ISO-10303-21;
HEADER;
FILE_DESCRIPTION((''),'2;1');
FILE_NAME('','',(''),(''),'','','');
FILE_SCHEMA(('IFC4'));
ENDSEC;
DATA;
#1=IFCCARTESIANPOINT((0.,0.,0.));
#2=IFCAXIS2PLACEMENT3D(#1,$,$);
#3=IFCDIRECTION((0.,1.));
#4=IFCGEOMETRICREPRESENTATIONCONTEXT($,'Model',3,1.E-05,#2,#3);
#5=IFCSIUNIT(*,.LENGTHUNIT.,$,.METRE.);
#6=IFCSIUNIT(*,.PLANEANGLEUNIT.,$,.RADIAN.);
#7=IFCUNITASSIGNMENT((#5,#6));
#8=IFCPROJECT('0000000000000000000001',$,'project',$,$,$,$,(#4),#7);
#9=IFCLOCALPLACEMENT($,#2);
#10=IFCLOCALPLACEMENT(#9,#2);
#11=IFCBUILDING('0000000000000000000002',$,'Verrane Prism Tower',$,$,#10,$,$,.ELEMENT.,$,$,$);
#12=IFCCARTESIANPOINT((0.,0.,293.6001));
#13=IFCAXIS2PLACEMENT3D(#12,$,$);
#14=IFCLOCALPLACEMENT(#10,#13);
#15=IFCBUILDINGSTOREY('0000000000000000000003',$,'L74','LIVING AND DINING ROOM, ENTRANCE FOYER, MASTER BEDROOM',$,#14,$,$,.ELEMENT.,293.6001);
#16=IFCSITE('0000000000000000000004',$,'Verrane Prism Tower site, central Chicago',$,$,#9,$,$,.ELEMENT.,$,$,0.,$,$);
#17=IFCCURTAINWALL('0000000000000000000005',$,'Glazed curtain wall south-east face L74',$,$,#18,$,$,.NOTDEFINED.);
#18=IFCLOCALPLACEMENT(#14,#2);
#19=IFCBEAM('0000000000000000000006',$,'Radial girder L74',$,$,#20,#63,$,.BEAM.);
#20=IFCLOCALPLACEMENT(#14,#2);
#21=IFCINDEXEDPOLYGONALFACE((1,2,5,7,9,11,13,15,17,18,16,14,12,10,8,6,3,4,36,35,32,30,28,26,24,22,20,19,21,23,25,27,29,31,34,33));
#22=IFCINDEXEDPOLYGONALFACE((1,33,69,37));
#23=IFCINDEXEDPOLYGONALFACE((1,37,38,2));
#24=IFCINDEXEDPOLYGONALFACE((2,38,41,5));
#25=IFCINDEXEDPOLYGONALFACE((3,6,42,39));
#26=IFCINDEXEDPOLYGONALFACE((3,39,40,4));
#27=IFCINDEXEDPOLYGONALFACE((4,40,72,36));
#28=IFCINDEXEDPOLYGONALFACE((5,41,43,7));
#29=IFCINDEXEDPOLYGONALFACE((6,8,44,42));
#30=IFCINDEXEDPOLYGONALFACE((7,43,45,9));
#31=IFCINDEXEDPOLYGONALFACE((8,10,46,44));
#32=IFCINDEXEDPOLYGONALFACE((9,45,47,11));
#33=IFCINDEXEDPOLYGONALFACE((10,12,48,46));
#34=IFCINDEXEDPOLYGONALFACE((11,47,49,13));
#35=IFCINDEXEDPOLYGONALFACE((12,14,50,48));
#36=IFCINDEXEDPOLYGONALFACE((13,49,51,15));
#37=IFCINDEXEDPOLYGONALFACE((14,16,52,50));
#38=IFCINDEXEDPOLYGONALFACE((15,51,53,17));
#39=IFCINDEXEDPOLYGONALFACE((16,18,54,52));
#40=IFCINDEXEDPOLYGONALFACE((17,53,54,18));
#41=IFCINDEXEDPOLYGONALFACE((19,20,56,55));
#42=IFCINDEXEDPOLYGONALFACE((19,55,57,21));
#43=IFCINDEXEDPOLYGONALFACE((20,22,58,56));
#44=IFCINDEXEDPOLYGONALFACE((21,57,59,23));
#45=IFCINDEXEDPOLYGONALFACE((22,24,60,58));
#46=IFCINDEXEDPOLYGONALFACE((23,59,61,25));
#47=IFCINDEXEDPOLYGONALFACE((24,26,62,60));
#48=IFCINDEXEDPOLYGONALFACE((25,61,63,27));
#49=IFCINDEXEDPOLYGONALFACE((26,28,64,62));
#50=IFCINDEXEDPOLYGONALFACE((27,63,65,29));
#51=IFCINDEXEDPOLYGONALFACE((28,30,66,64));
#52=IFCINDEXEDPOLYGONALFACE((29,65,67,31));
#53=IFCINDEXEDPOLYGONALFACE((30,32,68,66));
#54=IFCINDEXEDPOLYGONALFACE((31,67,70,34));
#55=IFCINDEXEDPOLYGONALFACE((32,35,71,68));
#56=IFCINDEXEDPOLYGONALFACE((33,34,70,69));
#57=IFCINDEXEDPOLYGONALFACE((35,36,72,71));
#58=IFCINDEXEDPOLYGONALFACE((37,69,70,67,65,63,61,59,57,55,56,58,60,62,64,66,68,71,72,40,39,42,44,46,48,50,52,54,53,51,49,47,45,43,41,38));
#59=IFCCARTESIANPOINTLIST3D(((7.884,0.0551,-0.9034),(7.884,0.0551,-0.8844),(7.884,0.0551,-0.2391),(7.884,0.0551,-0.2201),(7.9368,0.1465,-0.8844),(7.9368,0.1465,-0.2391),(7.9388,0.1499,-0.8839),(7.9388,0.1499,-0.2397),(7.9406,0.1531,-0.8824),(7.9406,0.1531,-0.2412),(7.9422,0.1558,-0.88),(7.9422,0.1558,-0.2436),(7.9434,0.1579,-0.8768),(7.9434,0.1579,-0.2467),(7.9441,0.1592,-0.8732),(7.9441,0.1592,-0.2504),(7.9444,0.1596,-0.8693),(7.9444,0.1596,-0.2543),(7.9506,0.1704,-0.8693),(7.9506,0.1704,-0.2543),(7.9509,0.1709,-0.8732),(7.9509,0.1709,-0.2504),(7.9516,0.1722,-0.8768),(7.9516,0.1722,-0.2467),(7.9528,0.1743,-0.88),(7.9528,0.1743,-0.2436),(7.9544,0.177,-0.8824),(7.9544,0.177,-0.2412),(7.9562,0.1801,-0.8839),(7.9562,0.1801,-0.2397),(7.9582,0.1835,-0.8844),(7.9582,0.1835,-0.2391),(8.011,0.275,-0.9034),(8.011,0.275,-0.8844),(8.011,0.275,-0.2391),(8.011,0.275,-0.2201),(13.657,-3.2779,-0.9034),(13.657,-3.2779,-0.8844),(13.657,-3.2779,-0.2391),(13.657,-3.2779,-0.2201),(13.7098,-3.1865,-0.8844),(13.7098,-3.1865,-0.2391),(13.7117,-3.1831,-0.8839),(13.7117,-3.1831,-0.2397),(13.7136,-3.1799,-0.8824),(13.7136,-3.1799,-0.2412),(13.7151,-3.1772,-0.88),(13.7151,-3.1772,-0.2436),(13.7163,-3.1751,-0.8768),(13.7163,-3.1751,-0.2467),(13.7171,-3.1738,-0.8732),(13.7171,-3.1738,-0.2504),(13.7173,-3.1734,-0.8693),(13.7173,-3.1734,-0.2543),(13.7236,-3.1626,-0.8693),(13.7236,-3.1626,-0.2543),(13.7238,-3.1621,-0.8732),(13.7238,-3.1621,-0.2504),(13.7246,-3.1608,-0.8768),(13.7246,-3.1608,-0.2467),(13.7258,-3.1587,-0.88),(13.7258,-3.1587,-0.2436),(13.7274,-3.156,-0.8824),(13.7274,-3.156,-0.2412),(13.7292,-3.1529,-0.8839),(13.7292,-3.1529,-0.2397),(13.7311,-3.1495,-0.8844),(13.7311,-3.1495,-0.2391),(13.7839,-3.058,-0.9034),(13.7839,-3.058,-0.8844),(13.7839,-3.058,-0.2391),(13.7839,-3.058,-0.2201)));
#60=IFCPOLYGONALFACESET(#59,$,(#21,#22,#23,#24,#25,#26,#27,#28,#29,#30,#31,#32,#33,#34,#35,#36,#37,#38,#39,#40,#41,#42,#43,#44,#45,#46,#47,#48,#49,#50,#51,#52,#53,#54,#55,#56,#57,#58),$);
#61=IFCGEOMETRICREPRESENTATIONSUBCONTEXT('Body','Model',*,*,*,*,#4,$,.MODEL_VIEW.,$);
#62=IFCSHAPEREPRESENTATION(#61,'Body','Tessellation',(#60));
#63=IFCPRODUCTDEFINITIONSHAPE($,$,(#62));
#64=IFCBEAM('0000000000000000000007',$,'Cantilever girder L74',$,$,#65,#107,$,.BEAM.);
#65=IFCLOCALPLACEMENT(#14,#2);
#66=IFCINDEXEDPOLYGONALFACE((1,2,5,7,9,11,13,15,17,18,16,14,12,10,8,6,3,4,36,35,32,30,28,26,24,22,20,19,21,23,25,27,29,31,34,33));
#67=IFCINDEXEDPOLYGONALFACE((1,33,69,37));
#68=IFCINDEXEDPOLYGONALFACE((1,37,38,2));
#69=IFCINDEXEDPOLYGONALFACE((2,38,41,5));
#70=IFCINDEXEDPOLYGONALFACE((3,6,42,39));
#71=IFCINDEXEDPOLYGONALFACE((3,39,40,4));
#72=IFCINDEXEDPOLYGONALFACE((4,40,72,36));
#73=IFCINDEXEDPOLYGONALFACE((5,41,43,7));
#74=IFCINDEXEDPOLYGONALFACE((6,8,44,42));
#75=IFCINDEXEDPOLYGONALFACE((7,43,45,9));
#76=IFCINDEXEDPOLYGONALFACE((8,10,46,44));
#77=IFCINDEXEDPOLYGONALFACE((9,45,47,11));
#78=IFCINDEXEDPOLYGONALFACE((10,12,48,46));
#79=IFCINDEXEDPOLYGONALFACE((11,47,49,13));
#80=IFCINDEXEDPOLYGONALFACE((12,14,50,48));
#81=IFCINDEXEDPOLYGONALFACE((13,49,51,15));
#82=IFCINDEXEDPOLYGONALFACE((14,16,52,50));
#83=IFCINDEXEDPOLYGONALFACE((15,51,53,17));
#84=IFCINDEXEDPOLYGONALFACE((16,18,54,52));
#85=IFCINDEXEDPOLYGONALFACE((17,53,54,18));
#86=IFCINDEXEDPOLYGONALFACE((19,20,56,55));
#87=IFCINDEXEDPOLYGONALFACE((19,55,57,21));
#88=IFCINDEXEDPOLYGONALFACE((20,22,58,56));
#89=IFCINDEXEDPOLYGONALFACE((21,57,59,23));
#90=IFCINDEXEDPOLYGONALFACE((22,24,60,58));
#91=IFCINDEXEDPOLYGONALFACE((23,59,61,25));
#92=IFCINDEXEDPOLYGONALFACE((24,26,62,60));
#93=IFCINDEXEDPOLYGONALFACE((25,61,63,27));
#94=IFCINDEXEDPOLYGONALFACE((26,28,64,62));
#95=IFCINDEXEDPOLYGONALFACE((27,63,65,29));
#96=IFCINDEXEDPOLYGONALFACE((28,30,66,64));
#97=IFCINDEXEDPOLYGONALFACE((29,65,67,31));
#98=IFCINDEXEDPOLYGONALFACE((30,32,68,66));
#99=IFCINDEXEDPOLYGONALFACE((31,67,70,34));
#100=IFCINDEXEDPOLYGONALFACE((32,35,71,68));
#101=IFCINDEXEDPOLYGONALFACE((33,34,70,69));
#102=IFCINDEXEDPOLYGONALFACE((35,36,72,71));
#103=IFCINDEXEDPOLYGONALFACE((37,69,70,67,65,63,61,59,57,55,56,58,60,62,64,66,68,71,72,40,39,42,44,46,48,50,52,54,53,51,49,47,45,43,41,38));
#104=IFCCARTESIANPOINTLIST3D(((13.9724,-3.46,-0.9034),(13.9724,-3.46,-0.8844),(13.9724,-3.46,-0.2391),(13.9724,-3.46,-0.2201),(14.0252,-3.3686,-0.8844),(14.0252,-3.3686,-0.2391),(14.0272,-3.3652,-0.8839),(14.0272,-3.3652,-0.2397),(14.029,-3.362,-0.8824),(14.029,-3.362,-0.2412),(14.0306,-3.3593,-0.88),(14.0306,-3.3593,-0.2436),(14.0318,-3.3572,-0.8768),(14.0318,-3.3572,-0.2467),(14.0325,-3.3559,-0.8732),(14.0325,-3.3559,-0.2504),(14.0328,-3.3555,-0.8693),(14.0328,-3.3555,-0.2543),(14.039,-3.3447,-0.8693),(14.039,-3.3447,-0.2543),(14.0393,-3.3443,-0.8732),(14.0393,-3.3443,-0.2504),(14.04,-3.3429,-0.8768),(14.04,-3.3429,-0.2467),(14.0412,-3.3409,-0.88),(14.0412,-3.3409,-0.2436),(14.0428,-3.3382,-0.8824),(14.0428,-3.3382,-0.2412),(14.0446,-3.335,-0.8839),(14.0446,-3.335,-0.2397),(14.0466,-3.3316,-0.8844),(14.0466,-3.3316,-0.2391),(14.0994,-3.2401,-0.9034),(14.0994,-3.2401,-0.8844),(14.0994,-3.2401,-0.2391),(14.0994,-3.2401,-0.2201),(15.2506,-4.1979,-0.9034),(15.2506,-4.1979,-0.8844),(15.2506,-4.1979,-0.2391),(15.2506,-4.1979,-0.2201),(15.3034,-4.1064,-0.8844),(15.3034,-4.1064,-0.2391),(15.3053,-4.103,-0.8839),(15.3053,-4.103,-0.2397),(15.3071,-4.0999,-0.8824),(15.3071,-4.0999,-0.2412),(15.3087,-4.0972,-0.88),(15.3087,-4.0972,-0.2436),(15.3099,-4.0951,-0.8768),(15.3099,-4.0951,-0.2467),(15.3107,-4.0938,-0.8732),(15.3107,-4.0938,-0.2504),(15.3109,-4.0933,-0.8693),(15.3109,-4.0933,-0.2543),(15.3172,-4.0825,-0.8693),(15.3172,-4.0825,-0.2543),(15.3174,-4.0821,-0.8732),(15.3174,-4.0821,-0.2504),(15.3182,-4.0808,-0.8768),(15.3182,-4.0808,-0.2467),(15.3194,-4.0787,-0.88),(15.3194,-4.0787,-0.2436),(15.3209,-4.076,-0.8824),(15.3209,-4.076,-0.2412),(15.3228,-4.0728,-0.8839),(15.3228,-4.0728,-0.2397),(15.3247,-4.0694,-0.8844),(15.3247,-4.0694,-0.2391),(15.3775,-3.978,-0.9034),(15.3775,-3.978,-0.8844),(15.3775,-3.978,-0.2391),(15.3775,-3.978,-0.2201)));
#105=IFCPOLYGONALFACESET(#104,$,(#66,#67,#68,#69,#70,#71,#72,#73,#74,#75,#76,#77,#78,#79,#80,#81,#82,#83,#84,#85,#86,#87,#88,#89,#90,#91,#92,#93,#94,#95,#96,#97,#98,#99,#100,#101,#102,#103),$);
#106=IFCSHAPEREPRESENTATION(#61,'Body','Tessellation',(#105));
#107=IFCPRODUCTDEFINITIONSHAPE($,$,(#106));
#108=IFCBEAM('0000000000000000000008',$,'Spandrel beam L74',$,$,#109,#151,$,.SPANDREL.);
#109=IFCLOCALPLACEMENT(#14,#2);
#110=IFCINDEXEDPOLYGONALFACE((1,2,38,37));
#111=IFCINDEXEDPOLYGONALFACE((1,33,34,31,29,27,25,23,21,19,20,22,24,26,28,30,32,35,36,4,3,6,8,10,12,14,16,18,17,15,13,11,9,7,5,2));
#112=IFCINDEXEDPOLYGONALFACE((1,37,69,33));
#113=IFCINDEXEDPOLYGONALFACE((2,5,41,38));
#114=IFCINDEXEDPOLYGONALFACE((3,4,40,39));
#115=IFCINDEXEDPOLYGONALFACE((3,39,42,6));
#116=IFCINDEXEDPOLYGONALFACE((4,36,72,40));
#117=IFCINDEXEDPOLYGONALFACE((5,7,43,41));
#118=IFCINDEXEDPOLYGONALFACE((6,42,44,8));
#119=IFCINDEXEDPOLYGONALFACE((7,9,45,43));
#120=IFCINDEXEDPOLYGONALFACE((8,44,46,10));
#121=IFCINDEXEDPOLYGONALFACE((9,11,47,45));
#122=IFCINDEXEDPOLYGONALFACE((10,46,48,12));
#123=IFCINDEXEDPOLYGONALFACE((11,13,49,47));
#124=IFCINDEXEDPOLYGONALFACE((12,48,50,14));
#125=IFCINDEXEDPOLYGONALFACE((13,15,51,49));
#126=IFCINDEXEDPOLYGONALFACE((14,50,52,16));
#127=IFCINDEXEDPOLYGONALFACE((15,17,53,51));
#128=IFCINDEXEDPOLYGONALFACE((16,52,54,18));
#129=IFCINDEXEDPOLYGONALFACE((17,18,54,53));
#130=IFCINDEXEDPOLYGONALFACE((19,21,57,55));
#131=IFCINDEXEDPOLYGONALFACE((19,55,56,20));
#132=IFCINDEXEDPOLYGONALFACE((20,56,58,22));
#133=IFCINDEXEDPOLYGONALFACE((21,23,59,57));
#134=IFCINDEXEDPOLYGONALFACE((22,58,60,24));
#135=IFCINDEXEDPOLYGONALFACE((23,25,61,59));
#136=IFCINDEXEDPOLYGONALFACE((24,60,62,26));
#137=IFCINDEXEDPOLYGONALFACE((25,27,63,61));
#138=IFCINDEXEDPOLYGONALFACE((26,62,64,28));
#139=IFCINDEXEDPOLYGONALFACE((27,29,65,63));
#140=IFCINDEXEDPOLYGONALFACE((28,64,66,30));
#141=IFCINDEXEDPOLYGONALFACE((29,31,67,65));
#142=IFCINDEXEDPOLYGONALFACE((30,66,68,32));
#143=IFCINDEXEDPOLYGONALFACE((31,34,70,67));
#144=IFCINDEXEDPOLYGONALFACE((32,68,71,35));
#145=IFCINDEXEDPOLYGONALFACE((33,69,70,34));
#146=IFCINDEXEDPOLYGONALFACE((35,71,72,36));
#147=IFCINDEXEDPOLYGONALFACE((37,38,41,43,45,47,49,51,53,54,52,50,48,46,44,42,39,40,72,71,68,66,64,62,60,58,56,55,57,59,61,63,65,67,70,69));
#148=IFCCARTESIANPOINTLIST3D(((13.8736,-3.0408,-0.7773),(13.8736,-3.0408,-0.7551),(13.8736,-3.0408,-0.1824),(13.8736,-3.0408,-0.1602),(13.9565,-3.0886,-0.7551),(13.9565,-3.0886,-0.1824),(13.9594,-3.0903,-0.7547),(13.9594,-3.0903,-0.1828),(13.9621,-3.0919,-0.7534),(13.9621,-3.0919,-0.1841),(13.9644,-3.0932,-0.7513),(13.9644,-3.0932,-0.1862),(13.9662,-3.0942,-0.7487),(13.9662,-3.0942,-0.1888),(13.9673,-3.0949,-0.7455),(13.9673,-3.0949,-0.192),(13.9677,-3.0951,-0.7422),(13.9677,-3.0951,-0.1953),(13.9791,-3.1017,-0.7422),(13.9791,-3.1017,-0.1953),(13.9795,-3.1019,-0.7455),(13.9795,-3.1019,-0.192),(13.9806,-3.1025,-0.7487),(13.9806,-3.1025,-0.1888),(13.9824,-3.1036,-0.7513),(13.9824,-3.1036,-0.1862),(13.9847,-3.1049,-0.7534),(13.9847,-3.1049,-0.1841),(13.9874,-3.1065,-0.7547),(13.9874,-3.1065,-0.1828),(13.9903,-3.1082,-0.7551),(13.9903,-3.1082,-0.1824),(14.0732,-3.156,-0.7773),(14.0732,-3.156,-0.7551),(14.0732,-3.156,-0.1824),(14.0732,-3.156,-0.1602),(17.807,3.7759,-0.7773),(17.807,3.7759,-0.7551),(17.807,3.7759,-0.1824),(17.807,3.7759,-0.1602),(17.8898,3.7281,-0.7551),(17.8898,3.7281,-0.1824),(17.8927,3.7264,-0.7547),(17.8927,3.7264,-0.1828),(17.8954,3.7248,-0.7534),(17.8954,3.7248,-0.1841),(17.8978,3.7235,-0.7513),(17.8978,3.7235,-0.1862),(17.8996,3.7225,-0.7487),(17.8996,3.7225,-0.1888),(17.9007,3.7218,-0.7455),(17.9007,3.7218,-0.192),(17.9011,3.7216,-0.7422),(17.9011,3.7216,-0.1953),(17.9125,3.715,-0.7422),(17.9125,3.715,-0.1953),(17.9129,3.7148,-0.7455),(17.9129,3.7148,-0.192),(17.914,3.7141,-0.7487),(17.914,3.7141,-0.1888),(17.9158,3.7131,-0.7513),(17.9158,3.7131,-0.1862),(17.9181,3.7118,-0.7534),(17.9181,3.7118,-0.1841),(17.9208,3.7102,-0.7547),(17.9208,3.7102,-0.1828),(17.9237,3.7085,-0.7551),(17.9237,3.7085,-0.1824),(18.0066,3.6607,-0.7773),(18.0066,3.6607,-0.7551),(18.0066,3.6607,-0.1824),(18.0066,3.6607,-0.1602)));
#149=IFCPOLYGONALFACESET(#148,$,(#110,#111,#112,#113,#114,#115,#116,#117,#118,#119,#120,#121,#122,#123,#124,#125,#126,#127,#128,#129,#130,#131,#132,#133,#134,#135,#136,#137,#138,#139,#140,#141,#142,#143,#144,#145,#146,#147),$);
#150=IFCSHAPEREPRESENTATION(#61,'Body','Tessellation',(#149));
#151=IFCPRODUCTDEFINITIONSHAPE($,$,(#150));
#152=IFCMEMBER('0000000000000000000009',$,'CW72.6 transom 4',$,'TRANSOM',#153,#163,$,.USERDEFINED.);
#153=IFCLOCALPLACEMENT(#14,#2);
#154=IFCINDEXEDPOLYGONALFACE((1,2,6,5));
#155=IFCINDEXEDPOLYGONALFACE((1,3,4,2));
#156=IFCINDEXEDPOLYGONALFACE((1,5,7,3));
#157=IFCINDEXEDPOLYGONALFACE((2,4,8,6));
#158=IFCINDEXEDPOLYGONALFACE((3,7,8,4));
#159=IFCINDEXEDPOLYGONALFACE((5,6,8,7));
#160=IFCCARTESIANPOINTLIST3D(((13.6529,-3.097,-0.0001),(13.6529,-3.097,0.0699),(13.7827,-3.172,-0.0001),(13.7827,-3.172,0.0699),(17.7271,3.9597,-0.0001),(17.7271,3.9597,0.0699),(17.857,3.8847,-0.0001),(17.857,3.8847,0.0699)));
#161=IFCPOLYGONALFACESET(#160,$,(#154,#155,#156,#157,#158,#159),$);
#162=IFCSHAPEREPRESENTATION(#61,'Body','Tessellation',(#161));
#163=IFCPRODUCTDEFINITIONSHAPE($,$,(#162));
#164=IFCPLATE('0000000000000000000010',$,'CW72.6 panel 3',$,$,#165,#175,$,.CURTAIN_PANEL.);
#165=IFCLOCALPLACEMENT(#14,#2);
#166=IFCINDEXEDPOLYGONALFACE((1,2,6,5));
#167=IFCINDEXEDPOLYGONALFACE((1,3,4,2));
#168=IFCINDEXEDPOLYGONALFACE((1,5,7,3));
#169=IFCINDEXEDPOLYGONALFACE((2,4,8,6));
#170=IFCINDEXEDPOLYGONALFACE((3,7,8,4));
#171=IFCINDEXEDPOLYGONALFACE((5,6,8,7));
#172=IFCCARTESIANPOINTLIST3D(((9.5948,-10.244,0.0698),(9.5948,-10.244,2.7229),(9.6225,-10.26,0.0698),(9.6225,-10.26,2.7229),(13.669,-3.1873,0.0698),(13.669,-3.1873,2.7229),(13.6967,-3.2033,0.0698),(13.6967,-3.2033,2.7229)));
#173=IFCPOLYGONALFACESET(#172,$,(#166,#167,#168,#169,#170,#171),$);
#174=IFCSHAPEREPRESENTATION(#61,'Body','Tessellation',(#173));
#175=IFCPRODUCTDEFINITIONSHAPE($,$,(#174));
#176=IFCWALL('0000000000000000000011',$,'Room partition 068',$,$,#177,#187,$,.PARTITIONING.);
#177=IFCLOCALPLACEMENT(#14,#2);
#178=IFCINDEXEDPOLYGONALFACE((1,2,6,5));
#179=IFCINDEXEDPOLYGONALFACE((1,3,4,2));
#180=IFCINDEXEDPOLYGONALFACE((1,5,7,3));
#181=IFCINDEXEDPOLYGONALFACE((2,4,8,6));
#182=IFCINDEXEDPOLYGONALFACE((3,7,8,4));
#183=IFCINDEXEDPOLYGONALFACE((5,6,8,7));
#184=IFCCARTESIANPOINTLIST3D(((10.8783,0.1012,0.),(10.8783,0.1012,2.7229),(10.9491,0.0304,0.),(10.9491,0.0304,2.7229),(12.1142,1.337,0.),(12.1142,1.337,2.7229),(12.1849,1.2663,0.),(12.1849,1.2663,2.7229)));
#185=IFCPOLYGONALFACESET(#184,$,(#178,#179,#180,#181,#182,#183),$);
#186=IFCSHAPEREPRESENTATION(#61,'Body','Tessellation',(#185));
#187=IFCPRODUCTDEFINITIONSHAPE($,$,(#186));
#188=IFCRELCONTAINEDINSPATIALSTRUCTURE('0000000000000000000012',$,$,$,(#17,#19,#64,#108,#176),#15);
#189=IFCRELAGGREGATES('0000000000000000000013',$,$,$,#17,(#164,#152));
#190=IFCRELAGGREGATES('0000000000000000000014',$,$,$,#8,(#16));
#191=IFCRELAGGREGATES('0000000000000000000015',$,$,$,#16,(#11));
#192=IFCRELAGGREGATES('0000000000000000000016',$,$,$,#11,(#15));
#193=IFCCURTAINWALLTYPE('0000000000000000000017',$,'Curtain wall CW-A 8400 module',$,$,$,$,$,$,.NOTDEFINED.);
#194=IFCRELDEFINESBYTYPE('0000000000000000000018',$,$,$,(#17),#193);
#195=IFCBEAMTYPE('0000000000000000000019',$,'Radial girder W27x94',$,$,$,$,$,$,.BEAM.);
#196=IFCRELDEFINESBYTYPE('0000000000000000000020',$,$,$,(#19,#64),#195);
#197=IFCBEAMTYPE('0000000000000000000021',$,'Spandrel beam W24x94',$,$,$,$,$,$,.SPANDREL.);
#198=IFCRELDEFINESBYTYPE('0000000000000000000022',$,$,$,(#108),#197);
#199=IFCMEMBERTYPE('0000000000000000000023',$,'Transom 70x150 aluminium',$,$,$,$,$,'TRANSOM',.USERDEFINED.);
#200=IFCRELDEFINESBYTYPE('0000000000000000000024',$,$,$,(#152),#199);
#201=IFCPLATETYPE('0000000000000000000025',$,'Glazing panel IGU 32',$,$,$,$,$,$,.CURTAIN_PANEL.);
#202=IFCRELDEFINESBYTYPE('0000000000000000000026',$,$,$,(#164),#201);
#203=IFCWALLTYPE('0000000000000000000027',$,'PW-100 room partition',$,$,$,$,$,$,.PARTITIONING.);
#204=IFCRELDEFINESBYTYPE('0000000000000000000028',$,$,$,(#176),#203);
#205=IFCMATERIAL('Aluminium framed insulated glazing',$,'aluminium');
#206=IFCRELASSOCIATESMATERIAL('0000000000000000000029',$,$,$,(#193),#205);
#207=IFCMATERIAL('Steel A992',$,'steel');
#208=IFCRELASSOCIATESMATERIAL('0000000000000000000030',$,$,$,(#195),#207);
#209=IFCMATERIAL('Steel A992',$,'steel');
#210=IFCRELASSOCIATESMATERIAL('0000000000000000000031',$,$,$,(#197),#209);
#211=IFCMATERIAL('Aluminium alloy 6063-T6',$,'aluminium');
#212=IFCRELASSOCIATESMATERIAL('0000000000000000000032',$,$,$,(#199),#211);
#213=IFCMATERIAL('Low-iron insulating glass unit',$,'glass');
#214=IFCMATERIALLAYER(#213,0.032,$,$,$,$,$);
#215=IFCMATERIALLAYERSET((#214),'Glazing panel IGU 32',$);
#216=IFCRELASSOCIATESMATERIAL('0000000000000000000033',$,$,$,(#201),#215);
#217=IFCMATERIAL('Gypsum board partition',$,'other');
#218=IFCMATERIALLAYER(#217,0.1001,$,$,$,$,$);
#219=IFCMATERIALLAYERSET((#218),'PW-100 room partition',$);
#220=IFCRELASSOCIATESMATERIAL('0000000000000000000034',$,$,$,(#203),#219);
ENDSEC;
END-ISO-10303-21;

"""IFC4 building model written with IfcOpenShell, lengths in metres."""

from ifc_helpers import new_model, si_unit, direction, frame, frame_2d, origin, origin_2d, place, context, subcontext, project, spatial, rectangle, i_section, extrude, material, layer, layer_set, material_profile, profile_set, type_object, element, aggregate, save


model = new_model("IFC4")

# Units and contexts
model_context = context("Model", 3, precision=1e-05, world=origin(), true_north=direction((0.0, 1.0)))
body_context = subcontext(model_context, "Body", "Model", "MODEL_VIEW")
ifc_project = project(units=[si_unit("LENGTHUNIT", "METRE"), si_unit("PLANEANGLEUNIT", "RADIAN")], contexts=[model_context])

# Site, building, storey
site_placement = place(None, origin())
site = spatial("IfcSite", under=ifc_project, at=site_placement, Name="Verrane Prism Tower site, central Chicago", CompositionType="ELEMENT", RefElevation=0.0)
building_placement = place(site_placement, origin())
building = spatial("IfcBuilding", under=site, at=building_placement, Name="Verrane Prism Tower", CompositionType="ELEMENT")
storey_placement = place(building_placement, frame((0.0, 0.0, 293.6001)))
storey = spatial("IfcBuildingStorey", under=building, at=storey_placement, Name="L74", Description="LIVING AND DINING ROOM, ENTRANCE FOYER, MASTER BEDROOM", CompositionType="ELEMENT", Elevation=293.6001)

# Curtain wall
ifc_material_1 = material(Name="Aluminium framed insulated glazing", Category="aluminium")
curtain_wall_type = type_object("IfcCurtainWallType", Name="Curtain wall CW-A 8400 module", PredefinedType="NOTDEFINED", material=ifc_material_1)
curtain_wall_placement = place(storey_placement, origin())
curtain_wall = element("IfcCurtainWall", 1, at=curtain_wall_placement, inside=storey, type_object=curtain_wall_type, Name="Glazed curtain wall south-east face L74", PredefinedType="NOTDEFINED")

# Beams
ifc_material_2 = material(Name="Steel A992", Category="steel")
ifc_material_profile_1 = material_profile(ifc_material_2, i_section(OverallWidth=0.2539, OverallDepth=0.6833, WebThickness=0.0125, FlangeThickness=0.019, FilletRadius=0.0151, at=origin_2d()), Name="W27x94")
ifc_profile_set_1 = profile_set([ifc_material_profile_1], Name="Steel A992")
beam_type_1 = type_object("IfcBeamType", Name="Radial girder W27x94", PredefinedType="BEAM", material=ifc_profile_set_1)
beam_1_placement = place(storey_placement, frame((13.7205, -3.168, -0.5618), z_axis=(-0.866026, 0.499999, 0.0), x_axis=(-0.499999, -0.866026, 0.0)))
element("IfcBeam", 2, at=beam_1_placement, inside=storey, type_object=beam_type_1, Name="Radial girder L74", PredefinedType="BEAM", context=body_context, shape_type="SweptSolid", body=[
    extrude(i_section(OverallWidth=0.2539, OverallDepth=0.6833, WebThickness=0.0125, FlangeThickness=0.019, FilletRadius=0.0151, at=origin_2d()), origin(), (0.0, 0.0, 1.0), 6.666),
])
beam_2_placement = place(storey_placement, frame((14.0359, -3.3501, -0.5618), z_axis=(0.866056, -0.499947, 0.0), x_axis=(0.499947, 0.866056, 0.0)))
element("IfcBeam", 3, at=beam_2_placement, inside=storey, type_object=beam_type_1, Name="Cantilever girder L74", PredefinedType="BEAM", context=body_context, shape_type="SweptSolid", body=[
    extrude(i_section(OverallWidth=0.2539, OverallDepth=0.6833, WebThickness=0.0125, FlangeThickness=0.019, FilletRadius=0.0151, at=origin_2d()), origin(), (0.0, 0.0, 1.0), 1.4758),
])
ifc_material_3 = material(Name="Steel A992", Category="steel")
ifc_material_profile_2 = material_profile(ifc_material_3, i_section(OverallWidth=0.2305, OverallDepth=0.6172, WebThickness=0.0132, FlangeThickness=0.0222, FilletRadius=0.0129, at=origin_2d()), Name="W24x94")
ifc_profile_set_2 = profile_set([ifc_material_profile_2], Name="Steel A992")
beam_type_2 = type_object("IfcBeamType", Name="Spandrel beam W24x94", PredefinedType="SPANDREL", material=ifc_profile_set_2)
beam_3_placement = place(storey_placement, frame((13.9734, -3.0984, -0.4688), z_axis=(0.499786, 0.866149, 0.0), x_axis=(-0.866149, 0.499786, 0.0)))
element("IfcBeam", 4, at=beam_3_placement, inside=storey, type_object=beam_type_2, Name="Spandrel beam L74", PredefinedType="SPANDREL", context=body_context, shape_type="SweptSolid", body=[
    extrude(i_section(OverallWidth=0.2305, OverallDepth=0.6172, WebThickness=0.0132, FlangeThickness=0.0222, FilletRadius=0.0129, at=origin_2d()), origin(), (0.0, 0.0, 1.0), 7.8701),
])

# Member
ifc_material_4 = material(Name="Aluminium alloy 6063-T6", Category="aluminium")
ifc_material_profile_3 = material_profile(ifc_material_4, rectangle(XDim=0.1499, YDim=0.0701, at=origin_2d()), Name="Transom 70x150 aluminium")
ifc_profile_set_3 = profile_set([ifc_material_profile_3], Name="Aluminium alloy 6063-T6")
member_type_1 = type_object("IfcMemberType", Name="Transom 70x150 aluminium", ElementType="TRANSOM", PredefinedType="USERDEFINED", material=ifc_profile_set_3)
member_1_placement = place(storey_placement, frame((13.7178, -3.1345, 0.0349), z_axis=(0.500006, 0.866022, 0.0), x_axis=(-0.866022, 0.500006, 0.0)))
member_1 = element("IfcMember", 5, at=member_1_placement, type_object=member_type_1, Name="CW72.6 transom 4", ObjectType="TRANSOM", PredefinedType="USERDEFINED", context=body_context, shape_type="SweptSolid", body=[
    extrude(rectangle(XDim=0.1499, YDim=0.0701, at=origin_2d()), origin(), (0.0, 0.0, 1.0), 8.1484),
])

# Plate
ifc_material_5 = material(Name="Low-iron insulating glass unit", Category="glass")
ifc_layer_1 = layer(ifc_material_5, 0.032)
ifc_layer_set_1 = layer_set([ifc_layer_1], Name="Glazing panel IGU 32")
plate_type = type_object("IfcPlateType", Name="Glazing panel IGU 32", PredefinedType="CURTAIN_PANEL", material=ifc_layer_set_1)
plate_placement = place(storey_placement, frame((11.6458, -6.7236, 0.0698), z_axis=(0.0, 0.0, 1.0), x_axis=(0.500001, 0.866025, 0.0)))
plate = element("IfcPlate", 6, at=plate_placement, type_object=plate_type, Name="CW72.6 panel 3", PredefinedType="CURTAIN_PANEL", context=body_context, shape_type="SweptSolid", body=[
    extrude(rectangle(XDim=8.1484, YDim=0.032, at=origin_2d()), origin(), (0.0, 0.0, 1.0), 2.6531),
])
aggregate(curtain_wall, [plate, member_1])

# Wall
ifc_material_6 = material(Name="Gypsum board partition", Category="other")
ifc_layer_2 = layer(ifc_material_6, 0.1001)
ifc_layer_set_2 = layer_set([ifc_layer_2], Name="PW-100 room partition")
wall_type_1 = type_object("IfcWallType", Name="PW-100 room partition", PredefinedType="PARTITIONING", material=ifc_layer_set_2)
wall_1_placement = place(storey_placement, frame((10.9136, 0.0657, 0.0), z_axis=(0.0, 0.0, 1.0), x_axis=(0.707107, 0.707107, 0.0)))
element("IfcWall", 7, at=wall_1_placement, inside=storey, type_object=wall_type_1, Name="Room partition 068", PredefinedType="PARTITIONING", context=body_context, shape_type="SweptSolid", body=[
    extrude(rectangle(XDim=1.7478, YDim=0.1001, at=frame_2d((0.874, 0.0))), origin(), (0.0, 0.0, 1.0), 2.7229),
])

save(model, "model.ifc")
